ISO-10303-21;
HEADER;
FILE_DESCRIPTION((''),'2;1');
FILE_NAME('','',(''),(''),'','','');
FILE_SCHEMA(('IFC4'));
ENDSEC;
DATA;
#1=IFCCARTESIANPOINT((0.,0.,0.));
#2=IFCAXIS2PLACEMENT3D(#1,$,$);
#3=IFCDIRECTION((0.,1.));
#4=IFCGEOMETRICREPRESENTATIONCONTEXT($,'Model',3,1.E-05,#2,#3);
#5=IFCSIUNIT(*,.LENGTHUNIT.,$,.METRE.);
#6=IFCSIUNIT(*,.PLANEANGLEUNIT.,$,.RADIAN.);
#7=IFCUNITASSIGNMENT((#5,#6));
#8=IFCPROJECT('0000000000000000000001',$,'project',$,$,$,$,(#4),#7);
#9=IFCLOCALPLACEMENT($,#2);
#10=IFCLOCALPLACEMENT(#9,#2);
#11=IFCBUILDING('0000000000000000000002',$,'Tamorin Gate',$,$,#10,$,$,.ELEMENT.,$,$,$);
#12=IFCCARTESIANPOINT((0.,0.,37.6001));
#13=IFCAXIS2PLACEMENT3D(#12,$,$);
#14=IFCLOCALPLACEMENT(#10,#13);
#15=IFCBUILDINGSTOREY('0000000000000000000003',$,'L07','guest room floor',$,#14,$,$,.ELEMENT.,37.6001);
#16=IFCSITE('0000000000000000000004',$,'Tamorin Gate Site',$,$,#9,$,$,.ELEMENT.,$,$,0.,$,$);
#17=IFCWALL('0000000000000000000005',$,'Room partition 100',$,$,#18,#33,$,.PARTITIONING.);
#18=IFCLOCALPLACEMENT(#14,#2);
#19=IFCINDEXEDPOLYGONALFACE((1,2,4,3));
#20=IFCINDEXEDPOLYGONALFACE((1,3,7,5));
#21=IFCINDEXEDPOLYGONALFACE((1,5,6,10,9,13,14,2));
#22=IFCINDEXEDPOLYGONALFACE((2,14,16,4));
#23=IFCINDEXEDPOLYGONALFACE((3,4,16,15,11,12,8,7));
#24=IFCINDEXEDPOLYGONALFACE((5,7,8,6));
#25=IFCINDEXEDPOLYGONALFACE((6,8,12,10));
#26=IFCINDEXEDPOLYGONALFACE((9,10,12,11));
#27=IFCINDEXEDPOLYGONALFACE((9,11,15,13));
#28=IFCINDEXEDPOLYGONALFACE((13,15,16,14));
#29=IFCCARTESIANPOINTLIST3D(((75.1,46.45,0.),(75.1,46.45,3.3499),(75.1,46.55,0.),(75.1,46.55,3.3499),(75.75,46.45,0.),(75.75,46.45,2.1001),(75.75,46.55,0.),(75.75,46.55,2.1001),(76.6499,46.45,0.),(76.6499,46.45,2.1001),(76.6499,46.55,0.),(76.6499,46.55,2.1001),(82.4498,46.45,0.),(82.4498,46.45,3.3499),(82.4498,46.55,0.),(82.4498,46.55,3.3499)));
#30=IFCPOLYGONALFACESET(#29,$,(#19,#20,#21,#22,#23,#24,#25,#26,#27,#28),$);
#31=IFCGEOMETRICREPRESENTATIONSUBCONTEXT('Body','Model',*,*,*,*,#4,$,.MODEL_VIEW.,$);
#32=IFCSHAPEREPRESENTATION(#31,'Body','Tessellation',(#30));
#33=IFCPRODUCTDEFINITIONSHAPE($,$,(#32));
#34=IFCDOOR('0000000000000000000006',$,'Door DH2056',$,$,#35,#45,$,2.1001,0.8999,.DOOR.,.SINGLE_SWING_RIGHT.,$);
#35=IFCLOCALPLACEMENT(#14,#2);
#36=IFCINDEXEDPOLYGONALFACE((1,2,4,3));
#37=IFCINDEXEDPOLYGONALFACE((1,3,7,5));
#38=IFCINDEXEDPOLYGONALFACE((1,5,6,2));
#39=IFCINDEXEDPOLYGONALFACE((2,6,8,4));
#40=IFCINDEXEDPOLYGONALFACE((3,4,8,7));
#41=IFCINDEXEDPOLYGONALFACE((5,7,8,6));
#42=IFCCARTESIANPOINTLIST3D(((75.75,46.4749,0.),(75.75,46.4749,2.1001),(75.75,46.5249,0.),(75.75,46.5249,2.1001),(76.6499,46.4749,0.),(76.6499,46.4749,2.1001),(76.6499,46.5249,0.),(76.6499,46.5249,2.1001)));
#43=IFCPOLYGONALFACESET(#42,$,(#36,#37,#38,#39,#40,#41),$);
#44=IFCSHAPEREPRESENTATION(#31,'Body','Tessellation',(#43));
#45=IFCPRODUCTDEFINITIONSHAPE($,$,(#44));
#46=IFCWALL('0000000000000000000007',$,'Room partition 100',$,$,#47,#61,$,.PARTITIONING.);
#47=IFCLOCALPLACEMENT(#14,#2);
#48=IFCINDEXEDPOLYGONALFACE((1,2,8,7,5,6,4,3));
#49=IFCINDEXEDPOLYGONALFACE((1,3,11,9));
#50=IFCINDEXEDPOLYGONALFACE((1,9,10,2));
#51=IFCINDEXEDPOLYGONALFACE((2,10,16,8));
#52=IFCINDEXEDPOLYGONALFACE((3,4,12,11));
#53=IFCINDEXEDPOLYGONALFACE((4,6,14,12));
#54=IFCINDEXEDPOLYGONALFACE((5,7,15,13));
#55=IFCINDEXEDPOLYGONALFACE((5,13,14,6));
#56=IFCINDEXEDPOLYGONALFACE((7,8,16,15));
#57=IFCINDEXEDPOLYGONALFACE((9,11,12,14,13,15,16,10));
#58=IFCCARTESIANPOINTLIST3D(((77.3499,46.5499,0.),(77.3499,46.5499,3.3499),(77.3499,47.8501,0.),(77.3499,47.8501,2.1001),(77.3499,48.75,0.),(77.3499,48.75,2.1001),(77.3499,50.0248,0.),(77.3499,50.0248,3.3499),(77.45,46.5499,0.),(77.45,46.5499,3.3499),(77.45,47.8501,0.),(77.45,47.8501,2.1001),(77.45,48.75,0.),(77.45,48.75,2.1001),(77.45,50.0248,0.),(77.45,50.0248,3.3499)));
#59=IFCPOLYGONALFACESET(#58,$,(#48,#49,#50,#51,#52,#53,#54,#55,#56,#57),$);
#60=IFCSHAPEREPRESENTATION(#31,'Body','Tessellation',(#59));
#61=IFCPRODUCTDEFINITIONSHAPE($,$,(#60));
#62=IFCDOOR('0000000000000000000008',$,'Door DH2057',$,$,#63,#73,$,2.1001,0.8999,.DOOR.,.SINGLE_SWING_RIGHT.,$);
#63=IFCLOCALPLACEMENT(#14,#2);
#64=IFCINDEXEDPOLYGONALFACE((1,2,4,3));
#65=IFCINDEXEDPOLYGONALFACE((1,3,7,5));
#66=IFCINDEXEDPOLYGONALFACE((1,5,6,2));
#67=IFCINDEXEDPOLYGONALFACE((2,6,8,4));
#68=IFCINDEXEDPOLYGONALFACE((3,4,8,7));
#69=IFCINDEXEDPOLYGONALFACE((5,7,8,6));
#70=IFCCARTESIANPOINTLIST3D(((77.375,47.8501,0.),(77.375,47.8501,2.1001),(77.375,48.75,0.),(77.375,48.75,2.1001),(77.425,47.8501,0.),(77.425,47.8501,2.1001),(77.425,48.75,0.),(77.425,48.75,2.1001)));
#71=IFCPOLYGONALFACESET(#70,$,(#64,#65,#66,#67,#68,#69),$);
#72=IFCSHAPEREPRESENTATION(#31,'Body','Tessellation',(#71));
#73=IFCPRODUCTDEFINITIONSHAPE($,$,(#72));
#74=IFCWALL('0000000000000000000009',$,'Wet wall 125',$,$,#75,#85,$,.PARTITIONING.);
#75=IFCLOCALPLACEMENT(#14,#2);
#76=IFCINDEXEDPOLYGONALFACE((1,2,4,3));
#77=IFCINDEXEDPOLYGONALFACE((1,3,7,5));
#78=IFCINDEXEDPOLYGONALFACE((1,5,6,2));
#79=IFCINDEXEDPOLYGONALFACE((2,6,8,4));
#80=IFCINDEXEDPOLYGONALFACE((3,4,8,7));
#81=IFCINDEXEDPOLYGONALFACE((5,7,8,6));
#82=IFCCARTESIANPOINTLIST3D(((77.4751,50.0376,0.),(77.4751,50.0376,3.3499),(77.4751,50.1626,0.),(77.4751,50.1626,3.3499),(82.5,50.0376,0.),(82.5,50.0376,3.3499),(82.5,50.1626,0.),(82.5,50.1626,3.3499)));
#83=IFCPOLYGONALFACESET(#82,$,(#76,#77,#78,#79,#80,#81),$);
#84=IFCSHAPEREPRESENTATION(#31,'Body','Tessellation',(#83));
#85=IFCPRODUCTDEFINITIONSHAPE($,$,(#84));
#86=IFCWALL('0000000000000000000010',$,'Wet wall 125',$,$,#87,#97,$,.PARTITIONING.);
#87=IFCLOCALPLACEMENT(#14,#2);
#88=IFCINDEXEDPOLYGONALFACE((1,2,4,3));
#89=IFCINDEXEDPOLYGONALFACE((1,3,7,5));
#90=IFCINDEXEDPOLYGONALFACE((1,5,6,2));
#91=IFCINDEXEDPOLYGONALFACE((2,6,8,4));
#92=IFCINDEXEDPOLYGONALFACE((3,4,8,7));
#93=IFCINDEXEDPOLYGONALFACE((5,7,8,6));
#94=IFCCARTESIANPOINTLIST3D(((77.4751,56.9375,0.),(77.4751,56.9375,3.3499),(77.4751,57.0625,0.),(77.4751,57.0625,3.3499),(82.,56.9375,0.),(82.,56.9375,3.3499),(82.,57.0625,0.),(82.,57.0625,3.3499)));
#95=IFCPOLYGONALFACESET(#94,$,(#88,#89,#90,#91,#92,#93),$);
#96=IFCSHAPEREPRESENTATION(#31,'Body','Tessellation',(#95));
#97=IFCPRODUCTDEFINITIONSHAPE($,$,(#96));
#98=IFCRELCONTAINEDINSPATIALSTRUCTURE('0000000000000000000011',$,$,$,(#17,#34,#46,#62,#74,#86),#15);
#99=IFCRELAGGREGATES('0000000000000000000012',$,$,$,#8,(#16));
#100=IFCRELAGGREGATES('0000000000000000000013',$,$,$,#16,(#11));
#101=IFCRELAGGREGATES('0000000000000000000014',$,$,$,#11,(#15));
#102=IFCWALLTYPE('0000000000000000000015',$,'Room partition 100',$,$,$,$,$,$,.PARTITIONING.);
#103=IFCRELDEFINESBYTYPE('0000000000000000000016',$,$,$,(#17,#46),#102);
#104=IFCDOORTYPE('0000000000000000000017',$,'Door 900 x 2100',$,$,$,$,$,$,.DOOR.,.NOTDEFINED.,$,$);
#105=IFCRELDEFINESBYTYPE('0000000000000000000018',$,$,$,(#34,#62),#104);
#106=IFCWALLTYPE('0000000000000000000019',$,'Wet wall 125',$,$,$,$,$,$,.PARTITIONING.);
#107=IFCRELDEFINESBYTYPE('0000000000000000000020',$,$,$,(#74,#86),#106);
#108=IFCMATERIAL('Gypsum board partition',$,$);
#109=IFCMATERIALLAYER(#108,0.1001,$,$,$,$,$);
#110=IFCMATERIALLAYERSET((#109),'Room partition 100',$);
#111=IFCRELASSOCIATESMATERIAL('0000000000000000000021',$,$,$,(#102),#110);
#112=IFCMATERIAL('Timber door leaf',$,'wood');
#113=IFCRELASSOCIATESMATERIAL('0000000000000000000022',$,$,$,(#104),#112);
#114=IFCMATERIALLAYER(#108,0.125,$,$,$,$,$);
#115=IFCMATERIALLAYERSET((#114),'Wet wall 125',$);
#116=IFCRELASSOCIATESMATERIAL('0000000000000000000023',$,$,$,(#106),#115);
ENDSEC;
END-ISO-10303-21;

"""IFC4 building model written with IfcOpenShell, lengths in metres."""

from ifc_helpers import new_model, si_unit, direction, frame, frame_2d, origin, place, context, subcontext, project, spatial, rectangle, extrude, material, layer, layer_set, type_object, element, fill, save


model = new_model("IFC4")

# Units and contexts
model_context = context("Model", 3, precision=1e-05, world=origin(), true_north=direction((0.0, 1.0)))
body_context = subcontext(model_context, "Body", "Model", "MODEL_VIEW")
ifc_project = project(units=[si_unit("LENGTHUNIT", "METRE"), si_unit("PLANEANGLEUNIT", "RADIAN")], contexts=[model_context])

# Site, building, storey
site_placement = place(None, origin())
site = spatial("IfcSite", under=ifc_project, at=site_placement, Name="Tamorin Gate Site", CompositionType="ELEMENT", RefElevation=0.0)
building_placement = place(site_placement, origin())
building = spatial("IfcBuilding", under=site, at=building_placement, Name="Tamorin Gate", CompositionType="ELEMENT")
storey_placement = place(building_placement, frame((0.0, 0.0, 37.6001)))
storey = spatial("IfcBuildingStorey", under=building, at=storey_placement, Name="L07", Description="guest room floor", CompositionType="ELEMENT", Elevation=37.6001)

# Shared definitions
ifc_material_1 = material(Name="Gypsum board partition")
ifc_material_2 = material(Name="Timber door leaf", Category="wood")

# Walls, openings, doors
ifc_layer_1 = layer(ifc_material_1, 0.1001)
ifc_layer_set_1 = layer_set([ifc_layer_1], Name="Room partition 100")
wall_type_1 = type_object("IfcWallType", Name="Room partition 100", PredefinedType="PARTITIONING", material=ifc_layer_set_1)
wall_1_placement = place(storey_placement, frame((75.1001, 46.5, 0.0), z_axis=(0.0, 0.0, 1.0), x_axis=(1.0, 0.0, 0.0)))
wall_1 = element("IfcWall", 1, at=wall_1_placement, inside=storey, type_object=wall_type_1, Name="Room partition 100", PredefinedType="PARTITIONING", context=body_context, shape_type="SweptSolid", body=[
    extrude(rectangle(XDim=7.3499, YDim=0.1001, at=frame_2d((3.6748, 0.0))), origin(), (0.0, 0.0, 1.0), 3.3499),
])
opening_1_placement = place(wall_1_placement, frame((0.6499, 0.0, 0.0)))
opening_1 = element("IfcOpeningElement", 2, at=opening_1_placement, cuts=wall_1, PredefinedType="OPENING", context=body_context, shape_type="SweptSolid", body=[
    extrude(rectangle(XDim=0.8999, YDim=2.1001, at=frame_2d((0.45, 1.05))), frame((0.0, 0.0601, 0.0), z_axis=(0.0, -1.0, 0.0), x_axis=(1.0, 0.0, 0.0)), (0.0, 0.0, 1.0), 0.1201),
])
door_type_1 = type_object("IfcDoorType", Name="Door 900 x 2100", OperationType="NOTDEFINED", PredefinedType="DOOR", material=ifc_material_2)
door_1_placement = place(opening_1_placement, origin())
door_1 = element("IfcDoor", 3, at=door_1_placement, inside=storey, type_object=door_type_1, Name="Door DH2056", OperationType="SINGLE_SWING_RIGHT", OverallHeight=2.1001, OverallWidth=0.8999, PredefinedType="DOOR", context=body_context, shape_type="SweptSolid", body=[
    extrude(rectangle(XDim=0.8999, YDim=2.1001, at=frame_2d((0.45, 1.05))), frame((0.0, 0.0249, 0.0), z_axis=(0.0, -1.0, 0.0), x_axis=(1.0, 0.0, 0.0)), (0.0, 0.0, 1.0), 0.05),
])
fill(opening_1, door_1)
wall_2_placement = place(storey_placement, frame((77.3999, 46.55, 0.0), z_axis=(0.0, 0.0, 1.0), x_axis=(0.0, 1.0, 0.0)))
wall_2 = element("IfcWall", 4, at=wall_2_placement, inside=storey, type_object=wall_type_1, Name="Room partition 100", PredefinedType="PARTITIONING", context=body_context, shape_type="SweptSolid", body=[
    extrude(rectangle(XDim=3.4749, YDim=0.1001, at=frame_2d((1.7373, 0.0))), origin(), (0.0, 0.0, 1.0), 3.3499),
])
opening_2_placement = place(wall_2_placement, frame((1.3, 0.0, 0.0)))
opening_2 = element("IfcOpeningElement", 5, at=opening_2_placement, cuts=wall_2, PredefinedType="OPENING", context=body_context, shape_type="SweptSolid", body=[
    extrude(rectangle(XDim=0.8999, YDim=2.1001, at=frame_2d((0.45, 1.05))), frame((0.0, 0.0601, 0.0), z_axis=(0.0, -1.0, 0.0), x_axis=(1.0, 0.0, 0.0)), (0.0, 0.0, 1.0), 0.1201),
])
door_2_placement = place(opening_2_placement, origin())
door_2 = element("IfcDoor", 6, at=door_2_placement, inside=storey, type_object=door_type_1, Name="Door DH2057", OperationType="SINGLE_SWING_RIGHT", OverallHeight=2.1001, OverallWidth=0.8999, PredefinedType="DOOR", context=body_context, shape_type="SweptSolid", body=[
    extrude(rectangle(XDim=0.8999, YDim=2.1001, at=frame_2d((0.45, 1.05))), frame((0.0, 0.0249, 0.0), z_axis=(0.0, -1.0, 0.0), x_axis=(1.0, 0.0, 0.0)), (0.0, 0.0, 1.0), 0.05),
])
fill(opening_2, door_2)

# Walls
ifc_layer_2 = layer(ifc_material_1, 0.125)
ifc_layer_set_2 = layer_set([ifc_layer_2], Name="Wet wall 125")
wall_type_2 = type_object("IfcWallType", Name="Wet wall 125", PredefinedType="PARTITIONING", material=ifc_layer_set_2)
wall_3_placement = place(storey_placement, frame((77.4751, 50.1001, 0.0), z_axis=(0.0, 0.0, 1.0), x_axis=(1.0, 0.0, 0.0)))
element("IfcWall", 7, at=wall_3_placement, inside=storey, type_object=wall_type_2, Name="Wet wall 125", PredefinedType="PARTITIONING", context=body_context, shape_type="SweptSolid", body=[
    extrude(rectangle(XDim=5.0249, YDim=0.125, at=frame_2d((2.5125, 0.0))), origin(), (0.0, 0.0, 1.0), 3.3499),
])
wall_4_placement = place(storey_placement, frame((77.4751, 57.0, 0.0), z_axis=(0.0, 0.0, 1.0), x_axis=(1.0, 0.0, 0.0)))
element("IfcWall", 8, at=wall_4_placement, inside=storey, type_object=wall_type_2, Name="Wet wall 125", PredefinedType="PARTITIONING", context=body_context, shape_type="SweptSolid", body=[
    extrude(rectangle(XDim=4.5249, YDim=0.125, at=frame_2d((2.2625, 0.0))), origin(), (0.0, 0.0, 1.0), 3.3499),
])

save(model, "model.ifc")
